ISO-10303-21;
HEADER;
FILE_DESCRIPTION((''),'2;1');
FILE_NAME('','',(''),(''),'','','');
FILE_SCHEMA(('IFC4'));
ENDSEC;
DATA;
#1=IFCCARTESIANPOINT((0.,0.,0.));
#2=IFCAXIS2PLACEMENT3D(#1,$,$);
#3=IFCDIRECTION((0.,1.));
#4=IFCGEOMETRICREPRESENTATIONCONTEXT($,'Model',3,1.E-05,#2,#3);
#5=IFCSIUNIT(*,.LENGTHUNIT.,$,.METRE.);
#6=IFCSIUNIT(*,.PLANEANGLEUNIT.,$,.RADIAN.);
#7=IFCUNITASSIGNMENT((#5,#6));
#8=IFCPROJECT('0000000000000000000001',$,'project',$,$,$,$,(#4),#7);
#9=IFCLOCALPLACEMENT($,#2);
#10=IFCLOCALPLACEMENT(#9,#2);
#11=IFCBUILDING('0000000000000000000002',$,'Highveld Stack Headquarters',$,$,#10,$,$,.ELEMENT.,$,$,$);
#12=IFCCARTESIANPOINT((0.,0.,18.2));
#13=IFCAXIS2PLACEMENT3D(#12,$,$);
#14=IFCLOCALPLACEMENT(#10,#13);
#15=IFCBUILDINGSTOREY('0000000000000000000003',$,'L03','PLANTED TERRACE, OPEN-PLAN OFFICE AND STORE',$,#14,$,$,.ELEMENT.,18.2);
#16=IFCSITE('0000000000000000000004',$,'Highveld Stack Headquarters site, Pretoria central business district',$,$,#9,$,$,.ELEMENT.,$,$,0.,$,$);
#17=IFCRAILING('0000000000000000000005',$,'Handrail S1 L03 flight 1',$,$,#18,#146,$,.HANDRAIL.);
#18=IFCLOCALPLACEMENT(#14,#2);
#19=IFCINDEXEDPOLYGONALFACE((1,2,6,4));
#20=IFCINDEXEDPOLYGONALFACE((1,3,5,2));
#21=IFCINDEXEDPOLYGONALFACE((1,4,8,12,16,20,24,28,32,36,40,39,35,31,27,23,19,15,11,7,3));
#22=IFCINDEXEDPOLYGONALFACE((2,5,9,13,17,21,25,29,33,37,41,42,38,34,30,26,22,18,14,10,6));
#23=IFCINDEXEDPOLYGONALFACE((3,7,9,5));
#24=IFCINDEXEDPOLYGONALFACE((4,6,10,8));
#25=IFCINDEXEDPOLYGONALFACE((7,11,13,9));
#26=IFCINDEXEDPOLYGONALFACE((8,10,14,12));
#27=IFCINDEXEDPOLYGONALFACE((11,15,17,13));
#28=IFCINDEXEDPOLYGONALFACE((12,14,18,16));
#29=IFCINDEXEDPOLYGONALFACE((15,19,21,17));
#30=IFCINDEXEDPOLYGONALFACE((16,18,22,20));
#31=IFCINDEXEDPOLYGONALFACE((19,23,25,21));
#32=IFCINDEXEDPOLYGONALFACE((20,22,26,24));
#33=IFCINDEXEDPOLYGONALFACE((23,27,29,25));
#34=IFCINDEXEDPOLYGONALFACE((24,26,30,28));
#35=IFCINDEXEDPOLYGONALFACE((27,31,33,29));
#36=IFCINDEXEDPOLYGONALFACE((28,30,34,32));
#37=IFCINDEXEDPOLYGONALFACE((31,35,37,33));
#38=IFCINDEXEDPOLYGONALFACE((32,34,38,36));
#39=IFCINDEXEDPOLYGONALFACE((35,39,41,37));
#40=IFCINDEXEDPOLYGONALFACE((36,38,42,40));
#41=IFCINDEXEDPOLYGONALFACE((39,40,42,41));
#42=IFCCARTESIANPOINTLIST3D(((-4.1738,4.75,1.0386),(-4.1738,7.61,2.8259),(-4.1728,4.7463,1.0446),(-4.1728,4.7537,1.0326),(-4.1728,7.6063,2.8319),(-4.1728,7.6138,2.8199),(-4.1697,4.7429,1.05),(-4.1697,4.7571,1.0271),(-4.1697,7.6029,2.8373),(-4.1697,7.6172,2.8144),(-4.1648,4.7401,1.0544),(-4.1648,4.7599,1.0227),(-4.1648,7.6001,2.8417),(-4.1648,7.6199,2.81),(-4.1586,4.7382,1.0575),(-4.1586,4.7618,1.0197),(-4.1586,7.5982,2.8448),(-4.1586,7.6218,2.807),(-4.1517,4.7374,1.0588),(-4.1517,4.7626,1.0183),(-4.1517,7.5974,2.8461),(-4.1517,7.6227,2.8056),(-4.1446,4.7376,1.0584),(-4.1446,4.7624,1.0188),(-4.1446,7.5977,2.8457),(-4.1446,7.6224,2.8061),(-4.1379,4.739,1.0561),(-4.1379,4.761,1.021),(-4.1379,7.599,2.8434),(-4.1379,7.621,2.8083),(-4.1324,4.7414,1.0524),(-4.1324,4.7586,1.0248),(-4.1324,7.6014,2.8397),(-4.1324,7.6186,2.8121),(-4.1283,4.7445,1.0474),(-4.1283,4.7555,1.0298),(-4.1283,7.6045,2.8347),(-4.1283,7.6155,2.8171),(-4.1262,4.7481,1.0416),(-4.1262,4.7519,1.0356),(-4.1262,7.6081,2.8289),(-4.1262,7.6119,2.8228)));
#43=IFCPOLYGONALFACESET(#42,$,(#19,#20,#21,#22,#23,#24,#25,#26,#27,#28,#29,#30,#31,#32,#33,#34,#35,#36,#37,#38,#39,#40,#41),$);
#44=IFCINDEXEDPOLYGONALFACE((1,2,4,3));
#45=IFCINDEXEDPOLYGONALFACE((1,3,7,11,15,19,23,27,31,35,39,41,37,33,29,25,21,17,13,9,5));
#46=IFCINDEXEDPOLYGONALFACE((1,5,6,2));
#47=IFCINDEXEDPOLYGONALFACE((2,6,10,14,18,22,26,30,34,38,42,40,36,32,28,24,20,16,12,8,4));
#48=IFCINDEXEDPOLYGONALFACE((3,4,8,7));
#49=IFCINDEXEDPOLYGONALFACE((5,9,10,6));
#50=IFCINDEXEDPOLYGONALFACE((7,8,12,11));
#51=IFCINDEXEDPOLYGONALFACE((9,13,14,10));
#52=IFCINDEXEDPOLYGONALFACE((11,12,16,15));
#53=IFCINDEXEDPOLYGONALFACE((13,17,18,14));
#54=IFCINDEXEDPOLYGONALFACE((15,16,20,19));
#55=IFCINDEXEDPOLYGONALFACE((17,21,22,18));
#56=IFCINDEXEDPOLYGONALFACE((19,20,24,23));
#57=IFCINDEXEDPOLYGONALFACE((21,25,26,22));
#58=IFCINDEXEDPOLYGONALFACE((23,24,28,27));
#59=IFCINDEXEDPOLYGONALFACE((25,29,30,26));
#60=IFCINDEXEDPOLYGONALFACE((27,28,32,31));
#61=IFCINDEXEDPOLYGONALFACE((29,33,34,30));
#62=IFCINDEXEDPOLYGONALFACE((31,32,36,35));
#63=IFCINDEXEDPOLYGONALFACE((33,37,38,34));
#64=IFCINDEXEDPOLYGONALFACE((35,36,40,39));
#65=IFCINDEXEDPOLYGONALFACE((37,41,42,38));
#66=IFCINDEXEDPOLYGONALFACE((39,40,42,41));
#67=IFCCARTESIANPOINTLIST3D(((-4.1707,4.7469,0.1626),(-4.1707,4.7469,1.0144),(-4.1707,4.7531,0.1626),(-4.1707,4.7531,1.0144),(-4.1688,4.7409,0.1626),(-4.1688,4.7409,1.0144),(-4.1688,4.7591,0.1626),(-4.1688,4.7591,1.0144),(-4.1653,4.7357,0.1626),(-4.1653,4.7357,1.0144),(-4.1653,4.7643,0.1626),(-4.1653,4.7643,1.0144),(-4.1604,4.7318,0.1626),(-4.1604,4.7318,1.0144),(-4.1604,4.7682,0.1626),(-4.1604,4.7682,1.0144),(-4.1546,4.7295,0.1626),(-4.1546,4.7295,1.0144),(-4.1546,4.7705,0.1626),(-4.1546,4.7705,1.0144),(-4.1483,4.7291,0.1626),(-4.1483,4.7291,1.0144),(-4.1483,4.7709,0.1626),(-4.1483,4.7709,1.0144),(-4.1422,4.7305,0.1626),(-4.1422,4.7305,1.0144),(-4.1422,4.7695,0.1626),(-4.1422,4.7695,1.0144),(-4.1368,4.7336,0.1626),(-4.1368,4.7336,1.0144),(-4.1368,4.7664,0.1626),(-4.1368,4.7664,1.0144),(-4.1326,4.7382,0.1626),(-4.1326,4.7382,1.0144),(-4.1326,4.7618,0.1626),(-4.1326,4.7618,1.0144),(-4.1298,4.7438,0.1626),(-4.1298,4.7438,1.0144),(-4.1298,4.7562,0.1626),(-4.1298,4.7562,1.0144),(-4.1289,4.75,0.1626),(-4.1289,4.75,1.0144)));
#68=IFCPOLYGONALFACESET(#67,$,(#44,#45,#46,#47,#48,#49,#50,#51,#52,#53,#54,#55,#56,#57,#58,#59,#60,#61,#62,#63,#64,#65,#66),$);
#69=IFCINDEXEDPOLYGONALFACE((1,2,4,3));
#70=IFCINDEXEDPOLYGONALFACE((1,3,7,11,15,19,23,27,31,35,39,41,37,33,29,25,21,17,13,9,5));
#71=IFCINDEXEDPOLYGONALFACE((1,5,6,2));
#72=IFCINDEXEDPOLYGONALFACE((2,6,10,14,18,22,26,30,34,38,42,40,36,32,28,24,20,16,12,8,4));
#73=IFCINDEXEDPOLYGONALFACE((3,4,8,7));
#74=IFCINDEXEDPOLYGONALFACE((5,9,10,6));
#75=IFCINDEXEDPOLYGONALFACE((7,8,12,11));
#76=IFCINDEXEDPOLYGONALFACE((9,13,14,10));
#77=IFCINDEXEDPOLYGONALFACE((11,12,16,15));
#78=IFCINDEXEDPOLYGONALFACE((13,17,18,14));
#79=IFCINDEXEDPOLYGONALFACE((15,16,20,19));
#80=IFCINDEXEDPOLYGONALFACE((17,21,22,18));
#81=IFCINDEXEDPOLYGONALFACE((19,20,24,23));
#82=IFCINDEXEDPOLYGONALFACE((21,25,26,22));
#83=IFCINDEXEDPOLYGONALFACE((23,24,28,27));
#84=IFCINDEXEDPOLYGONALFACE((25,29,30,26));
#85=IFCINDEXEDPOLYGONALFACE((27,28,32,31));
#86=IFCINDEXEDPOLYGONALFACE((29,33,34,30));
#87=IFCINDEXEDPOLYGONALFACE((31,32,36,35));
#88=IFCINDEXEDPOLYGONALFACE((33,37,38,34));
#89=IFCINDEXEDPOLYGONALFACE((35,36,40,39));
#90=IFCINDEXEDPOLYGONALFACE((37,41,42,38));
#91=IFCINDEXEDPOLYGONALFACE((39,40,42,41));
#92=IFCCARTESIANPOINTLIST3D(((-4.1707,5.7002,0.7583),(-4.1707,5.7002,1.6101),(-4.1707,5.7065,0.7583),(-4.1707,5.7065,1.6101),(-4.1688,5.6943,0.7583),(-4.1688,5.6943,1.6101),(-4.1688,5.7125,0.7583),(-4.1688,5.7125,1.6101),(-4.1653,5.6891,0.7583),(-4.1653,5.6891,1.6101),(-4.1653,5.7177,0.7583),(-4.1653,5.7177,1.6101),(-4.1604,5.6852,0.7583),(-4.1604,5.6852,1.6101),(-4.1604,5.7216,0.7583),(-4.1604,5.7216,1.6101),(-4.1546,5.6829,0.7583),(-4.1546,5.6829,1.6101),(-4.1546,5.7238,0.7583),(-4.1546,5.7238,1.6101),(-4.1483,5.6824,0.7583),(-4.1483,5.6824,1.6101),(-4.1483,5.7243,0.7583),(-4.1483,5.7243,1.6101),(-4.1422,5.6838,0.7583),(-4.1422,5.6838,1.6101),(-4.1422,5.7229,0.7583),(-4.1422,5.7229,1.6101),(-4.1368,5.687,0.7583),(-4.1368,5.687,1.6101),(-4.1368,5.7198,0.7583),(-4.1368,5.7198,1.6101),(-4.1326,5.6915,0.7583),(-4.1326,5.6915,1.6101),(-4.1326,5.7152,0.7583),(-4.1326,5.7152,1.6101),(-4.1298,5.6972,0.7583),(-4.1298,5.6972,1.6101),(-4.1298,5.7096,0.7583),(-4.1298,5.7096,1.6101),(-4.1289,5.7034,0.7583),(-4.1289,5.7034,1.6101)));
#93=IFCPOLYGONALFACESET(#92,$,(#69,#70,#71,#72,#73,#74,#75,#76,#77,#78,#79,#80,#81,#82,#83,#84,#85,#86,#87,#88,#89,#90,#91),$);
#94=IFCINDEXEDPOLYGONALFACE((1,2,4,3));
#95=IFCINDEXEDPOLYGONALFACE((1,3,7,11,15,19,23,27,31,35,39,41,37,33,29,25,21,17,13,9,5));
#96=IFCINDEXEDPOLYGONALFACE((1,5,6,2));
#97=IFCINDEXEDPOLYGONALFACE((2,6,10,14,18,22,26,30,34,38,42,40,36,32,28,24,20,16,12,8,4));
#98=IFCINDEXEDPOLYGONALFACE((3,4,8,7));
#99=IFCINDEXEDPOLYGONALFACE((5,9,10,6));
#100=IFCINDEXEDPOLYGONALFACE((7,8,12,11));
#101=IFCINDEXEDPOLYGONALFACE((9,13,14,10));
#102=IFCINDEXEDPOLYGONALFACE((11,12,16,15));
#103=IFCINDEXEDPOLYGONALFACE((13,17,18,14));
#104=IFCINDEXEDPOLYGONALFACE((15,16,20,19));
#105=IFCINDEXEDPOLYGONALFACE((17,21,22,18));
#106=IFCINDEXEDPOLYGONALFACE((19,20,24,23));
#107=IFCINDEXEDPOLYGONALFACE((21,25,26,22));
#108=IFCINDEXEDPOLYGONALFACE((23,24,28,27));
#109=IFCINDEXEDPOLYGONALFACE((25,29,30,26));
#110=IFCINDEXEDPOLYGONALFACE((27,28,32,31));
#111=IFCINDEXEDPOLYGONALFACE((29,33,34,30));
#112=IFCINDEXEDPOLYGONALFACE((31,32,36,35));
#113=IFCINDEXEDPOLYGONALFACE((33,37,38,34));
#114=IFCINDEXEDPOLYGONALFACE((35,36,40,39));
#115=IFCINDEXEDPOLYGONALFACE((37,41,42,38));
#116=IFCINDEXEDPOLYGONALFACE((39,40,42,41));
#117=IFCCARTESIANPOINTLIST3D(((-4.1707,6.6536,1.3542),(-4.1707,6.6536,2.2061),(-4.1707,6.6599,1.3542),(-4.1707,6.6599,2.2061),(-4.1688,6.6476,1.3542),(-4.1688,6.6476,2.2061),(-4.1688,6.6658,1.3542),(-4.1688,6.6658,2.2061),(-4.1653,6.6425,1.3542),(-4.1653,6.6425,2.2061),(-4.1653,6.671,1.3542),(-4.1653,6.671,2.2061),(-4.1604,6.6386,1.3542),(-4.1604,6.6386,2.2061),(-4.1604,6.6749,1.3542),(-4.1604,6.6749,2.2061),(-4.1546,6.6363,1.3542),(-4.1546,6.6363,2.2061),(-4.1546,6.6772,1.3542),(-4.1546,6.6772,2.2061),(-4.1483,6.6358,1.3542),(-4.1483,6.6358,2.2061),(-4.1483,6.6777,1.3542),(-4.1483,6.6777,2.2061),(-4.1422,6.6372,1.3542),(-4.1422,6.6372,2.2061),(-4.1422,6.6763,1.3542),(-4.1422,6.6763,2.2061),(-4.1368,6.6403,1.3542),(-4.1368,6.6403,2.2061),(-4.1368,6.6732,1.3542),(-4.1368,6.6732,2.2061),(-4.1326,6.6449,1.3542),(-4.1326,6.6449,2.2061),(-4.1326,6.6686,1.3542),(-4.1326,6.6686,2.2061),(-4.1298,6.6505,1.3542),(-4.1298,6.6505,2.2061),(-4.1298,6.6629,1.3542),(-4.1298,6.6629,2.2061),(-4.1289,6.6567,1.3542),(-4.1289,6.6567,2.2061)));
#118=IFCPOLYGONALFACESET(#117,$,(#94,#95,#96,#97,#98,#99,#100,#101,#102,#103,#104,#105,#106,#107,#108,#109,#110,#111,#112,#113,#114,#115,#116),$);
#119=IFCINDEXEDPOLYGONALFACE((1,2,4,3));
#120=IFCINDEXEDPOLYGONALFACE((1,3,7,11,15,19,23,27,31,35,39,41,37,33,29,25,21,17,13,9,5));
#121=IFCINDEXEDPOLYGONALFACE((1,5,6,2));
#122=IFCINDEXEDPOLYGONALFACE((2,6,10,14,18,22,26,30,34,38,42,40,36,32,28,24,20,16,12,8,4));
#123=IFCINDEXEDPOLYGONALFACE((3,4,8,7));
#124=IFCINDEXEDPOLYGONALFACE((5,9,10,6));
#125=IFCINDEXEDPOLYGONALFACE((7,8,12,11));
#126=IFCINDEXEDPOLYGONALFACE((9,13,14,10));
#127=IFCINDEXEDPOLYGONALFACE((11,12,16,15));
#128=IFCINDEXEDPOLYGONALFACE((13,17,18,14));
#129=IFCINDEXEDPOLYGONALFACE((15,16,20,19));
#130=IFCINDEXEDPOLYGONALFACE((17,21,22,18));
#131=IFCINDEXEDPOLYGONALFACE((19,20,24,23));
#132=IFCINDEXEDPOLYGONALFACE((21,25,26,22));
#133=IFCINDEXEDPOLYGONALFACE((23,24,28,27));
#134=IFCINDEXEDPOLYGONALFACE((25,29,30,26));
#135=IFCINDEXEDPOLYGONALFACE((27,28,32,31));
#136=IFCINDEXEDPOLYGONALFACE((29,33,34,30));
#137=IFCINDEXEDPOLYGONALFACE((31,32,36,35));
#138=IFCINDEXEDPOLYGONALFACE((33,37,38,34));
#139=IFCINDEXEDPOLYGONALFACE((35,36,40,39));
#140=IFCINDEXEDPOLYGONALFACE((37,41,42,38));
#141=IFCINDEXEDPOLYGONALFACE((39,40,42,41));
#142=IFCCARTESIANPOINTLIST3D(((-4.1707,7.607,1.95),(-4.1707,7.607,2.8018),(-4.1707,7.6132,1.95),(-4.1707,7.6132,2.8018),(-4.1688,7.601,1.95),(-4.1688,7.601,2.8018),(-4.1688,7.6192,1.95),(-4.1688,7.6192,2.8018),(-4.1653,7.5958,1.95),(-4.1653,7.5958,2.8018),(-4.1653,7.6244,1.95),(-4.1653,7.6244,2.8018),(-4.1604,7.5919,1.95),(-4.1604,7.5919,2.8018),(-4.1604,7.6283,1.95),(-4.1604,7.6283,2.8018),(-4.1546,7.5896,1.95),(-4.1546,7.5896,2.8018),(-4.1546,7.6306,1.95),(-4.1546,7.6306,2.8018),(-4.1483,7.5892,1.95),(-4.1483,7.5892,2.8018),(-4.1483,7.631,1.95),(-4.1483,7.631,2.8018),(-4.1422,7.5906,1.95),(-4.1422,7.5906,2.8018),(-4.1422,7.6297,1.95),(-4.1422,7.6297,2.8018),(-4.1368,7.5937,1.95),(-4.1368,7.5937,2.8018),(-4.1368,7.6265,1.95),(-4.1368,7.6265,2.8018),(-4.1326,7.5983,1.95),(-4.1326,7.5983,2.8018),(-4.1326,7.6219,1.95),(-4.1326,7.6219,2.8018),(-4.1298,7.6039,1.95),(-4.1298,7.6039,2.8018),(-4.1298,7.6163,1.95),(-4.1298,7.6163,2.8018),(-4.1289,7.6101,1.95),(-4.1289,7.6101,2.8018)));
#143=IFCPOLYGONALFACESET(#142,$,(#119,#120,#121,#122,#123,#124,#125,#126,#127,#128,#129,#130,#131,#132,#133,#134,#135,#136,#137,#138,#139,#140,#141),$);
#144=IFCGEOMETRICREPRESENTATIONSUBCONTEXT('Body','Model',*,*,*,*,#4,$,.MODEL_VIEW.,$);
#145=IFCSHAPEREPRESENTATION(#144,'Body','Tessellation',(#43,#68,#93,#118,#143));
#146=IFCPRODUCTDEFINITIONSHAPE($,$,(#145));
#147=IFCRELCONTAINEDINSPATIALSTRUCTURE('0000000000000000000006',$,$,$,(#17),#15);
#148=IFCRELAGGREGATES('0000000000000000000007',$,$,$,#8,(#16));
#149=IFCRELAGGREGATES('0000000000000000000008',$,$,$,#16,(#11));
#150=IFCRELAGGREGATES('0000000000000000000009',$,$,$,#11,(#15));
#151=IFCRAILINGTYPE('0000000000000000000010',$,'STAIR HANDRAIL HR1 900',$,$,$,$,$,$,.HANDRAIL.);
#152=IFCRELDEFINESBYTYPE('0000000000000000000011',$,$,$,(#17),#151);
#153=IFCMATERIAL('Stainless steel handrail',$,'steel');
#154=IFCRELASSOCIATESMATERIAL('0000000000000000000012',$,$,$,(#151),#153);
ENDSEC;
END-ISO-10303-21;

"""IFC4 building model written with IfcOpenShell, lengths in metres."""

from ifc_helpers import new_model, si_unit, direction, frame, origin, origin_2d, place, context, subcontext, project, spatial, circle, extrude, material, type_object, element, save


model = new_model("IFC4")

# Units and contexts
model_context = context("Model", 3, precision=1e-05, world=origin(), true_north=direction((0.0, 1.0)))
body_context = subcontext(model_context, "Body", "Model", "MODEL_VIEW")
ifc_project = project(units=[si_unit("LENGTHUNIT", "METRE"), si_unit("PLANEANGLEUNIT", "RADIAN")], contexts=[model_context])

# Site, building, storey
site_placement = place(None, origin())
site = spatial("IfcSite", under=ifc_project, at=site_placement, Name="Highveld Stack Headquarters site, Pretoria central business district", CompositionType="ELEMENT", RefElevation=0.0)
building_placement = place(site_placement, origin())
building = spatial("IfcBuilding", under=site, at=building_placement, Name="Highveld Stack Headquarters", CompositionType="ELEMENT")
storey_placement = place(building_placement, frame((0.0, 0.0, 18.2)))
storey = spatial("IfcBuildingStorey", under=building, at=storey_placement, Name="L03", Description="PLANTED TERRACE, OPEN-PLAN OFFICE AND STORE", CompositionType="ELEMENT", Elevation=18.2)

# Railing
ifc_material_1 = material(Name="Stainless steel handrail", Category="steel")
railing_type = type_object("IfcRailingType", Name="STAIR HANDRAIL HR1 900", PredefinedType="HANDRAIL", material=ifc_material_1)
for number, where, name in (
    (1, (-4.1499, 4.75, 0.1626), "Handrail S1 L03 flight 1"),
):
    element("IfcRailing", number, at=place(storey_placement, frame(where)), inside=storey, type_object=railing_type, Name=name, PredefinedType="HANDRAIL", context=body_context, shape_type="SweptSolid", body=[
        extrude(circle(Radius=0.0239, at=origin_2d()), frame((0.0, 0.0, 0.876), z_axis=(0.0, 0.848027, 0.529953), x_axis=(-1.0, 0.0, 0.0)), (0.0, 0.0, 1.0), 3.3726),
        extrude(circle(Radius=0.021, at=origin_2d()), origin(), (0.0, 0.0, 1.0), 0.8518),
        extrude(circle(Radius=0.021, at=origin_2d()), frame((0.0, 0.9534, 0.5957)), (0.0, 0.0, 1.0), 0.8518),
        extrude(circle(Radius=0.021, at=origin_2d()), frame((0.0, 1.9067, 1.1917)), (0.0, 0.0, 1.0), 0.8518),
        extrude(circle(Radius=0.021, at=origin_2d()), frame((0.0, 2.8601, 1.7874)), (0.0, 0.0, 1.0), 0.8518),
    ])

save(model, "model.ifc")
